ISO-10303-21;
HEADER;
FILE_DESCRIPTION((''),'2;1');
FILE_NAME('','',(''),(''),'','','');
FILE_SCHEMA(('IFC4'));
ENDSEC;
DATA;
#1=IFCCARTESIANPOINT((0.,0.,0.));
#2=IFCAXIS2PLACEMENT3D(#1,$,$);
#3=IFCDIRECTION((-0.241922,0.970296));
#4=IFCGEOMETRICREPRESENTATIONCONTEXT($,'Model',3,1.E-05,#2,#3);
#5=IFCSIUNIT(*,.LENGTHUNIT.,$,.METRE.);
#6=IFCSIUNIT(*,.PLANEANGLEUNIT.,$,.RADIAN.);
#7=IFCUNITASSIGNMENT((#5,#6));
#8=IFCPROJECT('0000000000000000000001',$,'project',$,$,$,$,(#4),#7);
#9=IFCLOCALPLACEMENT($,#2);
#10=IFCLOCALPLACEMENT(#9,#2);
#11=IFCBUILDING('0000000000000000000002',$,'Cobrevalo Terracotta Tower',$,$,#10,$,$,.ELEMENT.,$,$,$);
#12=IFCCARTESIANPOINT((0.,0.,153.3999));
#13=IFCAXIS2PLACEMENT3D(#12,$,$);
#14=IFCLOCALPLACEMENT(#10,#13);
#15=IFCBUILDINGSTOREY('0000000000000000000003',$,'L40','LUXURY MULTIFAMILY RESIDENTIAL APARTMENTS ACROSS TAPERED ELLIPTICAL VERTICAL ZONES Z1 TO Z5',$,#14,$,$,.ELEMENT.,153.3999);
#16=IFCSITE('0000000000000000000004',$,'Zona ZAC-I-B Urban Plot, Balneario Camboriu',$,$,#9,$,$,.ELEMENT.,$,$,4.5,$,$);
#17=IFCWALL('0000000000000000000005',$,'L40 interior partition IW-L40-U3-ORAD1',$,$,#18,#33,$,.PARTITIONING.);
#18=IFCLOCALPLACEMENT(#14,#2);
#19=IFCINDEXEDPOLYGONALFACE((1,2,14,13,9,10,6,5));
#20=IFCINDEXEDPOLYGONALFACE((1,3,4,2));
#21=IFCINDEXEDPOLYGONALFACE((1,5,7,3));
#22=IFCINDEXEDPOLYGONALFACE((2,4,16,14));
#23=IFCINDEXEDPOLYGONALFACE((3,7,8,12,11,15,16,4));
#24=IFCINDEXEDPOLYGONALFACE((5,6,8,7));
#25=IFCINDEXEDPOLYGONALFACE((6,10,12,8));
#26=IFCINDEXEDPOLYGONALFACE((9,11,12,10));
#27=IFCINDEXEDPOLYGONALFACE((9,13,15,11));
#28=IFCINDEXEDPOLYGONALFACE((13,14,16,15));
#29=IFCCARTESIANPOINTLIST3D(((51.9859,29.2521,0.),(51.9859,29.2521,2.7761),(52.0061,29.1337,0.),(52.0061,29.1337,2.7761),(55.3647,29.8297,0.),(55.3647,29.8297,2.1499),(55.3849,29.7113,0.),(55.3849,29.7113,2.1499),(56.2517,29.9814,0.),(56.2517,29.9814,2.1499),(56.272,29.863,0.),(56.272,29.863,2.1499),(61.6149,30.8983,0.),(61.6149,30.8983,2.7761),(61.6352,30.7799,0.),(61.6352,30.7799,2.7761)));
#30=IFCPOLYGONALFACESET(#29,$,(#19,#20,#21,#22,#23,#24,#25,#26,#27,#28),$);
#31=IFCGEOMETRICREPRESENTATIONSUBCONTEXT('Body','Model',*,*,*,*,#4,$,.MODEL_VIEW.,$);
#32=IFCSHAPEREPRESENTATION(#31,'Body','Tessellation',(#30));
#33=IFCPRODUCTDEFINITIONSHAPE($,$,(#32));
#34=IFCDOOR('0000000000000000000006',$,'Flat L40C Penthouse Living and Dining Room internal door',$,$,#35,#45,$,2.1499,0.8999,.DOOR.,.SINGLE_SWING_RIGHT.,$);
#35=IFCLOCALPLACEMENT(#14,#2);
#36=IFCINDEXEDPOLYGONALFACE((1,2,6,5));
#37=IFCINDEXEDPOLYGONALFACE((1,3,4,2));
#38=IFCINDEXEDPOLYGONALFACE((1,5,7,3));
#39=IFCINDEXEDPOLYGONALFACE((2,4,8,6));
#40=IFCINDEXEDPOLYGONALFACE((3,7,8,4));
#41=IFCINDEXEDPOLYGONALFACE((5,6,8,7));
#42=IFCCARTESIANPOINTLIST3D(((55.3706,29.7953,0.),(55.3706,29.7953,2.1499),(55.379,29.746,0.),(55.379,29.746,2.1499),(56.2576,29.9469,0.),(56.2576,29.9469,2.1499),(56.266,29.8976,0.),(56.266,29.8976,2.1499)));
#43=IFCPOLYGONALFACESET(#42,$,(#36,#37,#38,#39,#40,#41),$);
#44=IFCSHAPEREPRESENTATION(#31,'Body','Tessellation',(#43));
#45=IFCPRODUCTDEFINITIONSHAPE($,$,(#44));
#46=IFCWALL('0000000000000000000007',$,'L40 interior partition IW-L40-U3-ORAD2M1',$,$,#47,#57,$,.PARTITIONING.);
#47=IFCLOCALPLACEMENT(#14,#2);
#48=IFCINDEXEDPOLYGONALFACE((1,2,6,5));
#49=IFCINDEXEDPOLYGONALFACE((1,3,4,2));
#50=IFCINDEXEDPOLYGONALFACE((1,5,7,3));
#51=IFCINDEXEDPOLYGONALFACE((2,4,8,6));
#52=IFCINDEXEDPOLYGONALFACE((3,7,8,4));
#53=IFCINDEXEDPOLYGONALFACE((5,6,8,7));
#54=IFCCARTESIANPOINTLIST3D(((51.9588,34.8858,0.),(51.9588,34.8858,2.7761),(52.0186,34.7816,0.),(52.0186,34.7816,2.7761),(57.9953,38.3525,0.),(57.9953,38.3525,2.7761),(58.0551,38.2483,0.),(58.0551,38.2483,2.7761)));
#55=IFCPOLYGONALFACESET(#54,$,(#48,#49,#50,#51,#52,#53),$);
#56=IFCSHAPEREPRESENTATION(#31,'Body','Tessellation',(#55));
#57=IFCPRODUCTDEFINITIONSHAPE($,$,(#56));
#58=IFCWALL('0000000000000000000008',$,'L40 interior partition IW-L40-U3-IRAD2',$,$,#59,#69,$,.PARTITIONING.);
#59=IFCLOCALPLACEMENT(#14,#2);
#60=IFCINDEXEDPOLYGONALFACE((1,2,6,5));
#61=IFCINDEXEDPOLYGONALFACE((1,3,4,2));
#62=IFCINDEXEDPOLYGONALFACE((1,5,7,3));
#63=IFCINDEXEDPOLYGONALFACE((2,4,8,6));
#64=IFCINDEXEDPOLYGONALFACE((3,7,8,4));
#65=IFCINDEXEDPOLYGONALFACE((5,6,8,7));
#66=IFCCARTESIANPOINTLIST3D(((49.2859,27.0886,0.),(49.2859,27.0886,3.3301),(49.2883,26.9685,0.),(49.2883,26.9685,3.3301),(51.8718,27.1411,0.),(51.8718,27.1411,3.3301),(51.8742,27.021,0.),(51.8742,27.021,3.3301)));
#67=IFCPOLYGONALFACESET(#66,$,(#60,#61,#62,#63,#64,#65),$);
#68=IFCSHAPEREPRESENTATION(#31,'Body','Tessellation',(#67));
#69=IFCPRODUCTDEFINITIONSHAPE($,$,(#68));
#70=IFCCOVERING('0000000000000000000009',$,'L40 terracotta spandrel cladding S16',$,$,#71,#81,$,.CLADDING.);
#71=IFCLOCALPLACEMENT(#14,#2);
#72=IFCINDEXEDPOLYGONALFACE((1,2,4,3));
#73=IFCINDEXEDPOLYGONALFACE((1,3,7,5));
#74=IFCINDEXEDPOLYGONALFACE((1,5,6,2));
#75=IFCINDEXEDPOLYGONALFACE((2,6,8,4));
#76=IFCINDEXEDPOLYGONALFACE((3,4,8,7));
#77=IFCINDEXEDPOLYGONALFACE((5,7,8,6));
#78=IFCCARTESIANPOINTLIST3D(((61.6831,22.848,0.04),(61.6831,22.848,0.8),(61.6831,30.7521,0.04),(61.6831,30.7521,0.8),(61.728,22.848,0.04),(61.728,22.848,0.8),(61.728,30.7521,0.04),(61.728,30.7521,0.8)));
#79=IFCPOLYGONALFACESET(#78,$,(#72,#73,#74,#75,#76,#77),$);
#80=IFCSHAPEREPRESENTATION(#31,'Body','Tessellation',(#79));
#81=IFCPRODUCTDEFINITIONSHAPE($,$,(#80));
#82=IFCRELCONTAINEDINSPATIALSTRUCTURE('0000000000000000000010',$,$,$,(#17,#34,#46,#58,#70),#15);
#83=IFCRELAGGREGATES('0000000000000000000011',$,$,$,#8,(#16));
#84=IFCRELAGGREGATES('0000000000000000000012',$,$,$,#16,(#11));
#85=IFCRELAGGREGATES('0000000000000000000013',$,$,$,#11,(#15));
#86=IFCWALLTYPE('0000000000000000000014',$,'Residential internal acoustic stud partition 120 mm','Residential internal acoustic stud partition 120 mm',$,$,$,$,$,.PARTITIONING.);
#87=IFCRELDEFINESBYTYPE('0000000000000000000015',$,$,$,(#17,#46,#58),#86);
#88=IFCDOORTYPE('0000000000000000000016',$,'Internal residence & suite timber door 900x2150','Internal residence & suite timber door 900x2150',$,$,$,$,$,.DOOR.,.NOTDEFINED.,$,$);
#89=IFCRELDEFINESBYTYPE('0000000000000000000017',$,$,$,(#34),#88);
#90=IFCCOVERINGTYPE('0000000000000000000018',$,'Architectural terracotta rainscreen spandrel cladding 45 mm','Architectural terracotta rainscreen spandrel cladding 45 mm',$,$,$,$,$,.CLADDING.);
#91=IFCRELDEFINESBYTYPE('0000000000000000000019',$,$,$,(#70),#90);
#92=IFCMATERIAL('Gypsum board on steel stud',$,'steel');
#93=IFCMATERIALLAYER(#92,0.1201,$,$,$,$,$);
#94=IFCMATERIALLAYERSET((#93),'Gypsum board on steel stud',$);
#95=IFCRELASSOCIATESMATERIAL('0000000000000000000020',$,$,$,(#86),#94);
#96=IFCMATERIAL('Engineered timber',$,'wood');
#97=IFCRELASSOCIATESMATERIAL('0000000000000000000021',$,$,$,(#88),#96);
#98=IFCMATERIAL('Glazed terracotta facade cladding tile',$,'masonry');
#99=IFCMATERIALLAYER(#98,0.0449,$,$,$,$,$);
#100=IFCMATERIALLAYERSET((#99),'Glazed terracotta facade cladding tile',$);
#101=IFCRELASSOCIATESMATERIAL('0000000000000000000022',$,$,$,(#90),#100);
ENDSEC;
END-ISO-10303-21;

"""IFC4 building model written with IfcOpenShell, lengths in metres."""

from ifc_helpers import new_model, si_unit, direction, frame, frame_2d, origin, origin_2d, place, context, subcontext, project, spatial, rectangle, extrude, source, transform, mapped, material, layer, layer_set, type_object, element, fill, save


model = new_model("IFC4")

# Units and contexts
model_context = context("Model", 3, precision=1e-05, world=origin(), true_north=direction((-0.241922, 0.970296)))
body_context = subcontext(model_context, "Body", "Model", "MODEL_VIEW")
ifc_project = project(units=[si_unit("LENGTHUNIT", "METRE"), si_unit("PLANEANGLEUNIT", "RADIAN")], contexts=[model_context])

# Site, building, storey
site_placement = place(None, origin())
site = spatial("IfcSite", under=ifc_project, at=site_placement, Name="Zona ZAC-I-B Urban Plot, Balneario Camboriu", CompositionType="ELEMENT", RefElevation=4.5)
building_placement = place(site_placement, origin())
building = spatial("IfcBuilding", under=site, at=building_placement, Name="Cobrevalo Terracotta Tower", CompositionType="ELEMENT")
storey_placement = place(building_placement, frame((0.0, 0.0, 153.3999)))
storey = spatial("IfcBuildingStorey", under=building, at=storey_placement, Name="L40", Description="LUXURY MULTIFAMILY RESIDENTIAL APARTMENTS ACROSS TAPERED ELLIPTICAL VERTICAL ZONES Z1 TO Z5", CompositionType="ELEMENT", Elevation=153.3999)

# Wall, opening, door
ifc_material_1 = material(Name="Gypsum board on steel stud", Category="steel")
ifc_layer_1 = layer(ifc_material_1, 0.1201)
ifc_layer_set_1 = layer_set([ifc_layer_1], Name="Gypsum board on steel stud")
wall_type = type_object("IfcWallType", Name="Residential internal acoustic stud partition 120 mm", Description="Residential internal acoustic stud partition 120 mm", PredefinedType="PARTITIONING", material=ifc_layer_set_1)
wall_1_placement = place(storey_placement, frame((51.9961, 29.1929, 0.0), z_axis=(0.0, 0.0, 1.0), x_axis=(0.985698, 0.168519, 0.0)))
wall_1 = element("IfcWall", 1, at=wall_1_placement, inside=storey, type_object=wall_type, Name="L40 interior partition IW-L40-U3-ORAD1", PredefinedType="PARTITIONING", context=body_context, shape_type="SweptSolid", body=[
    extrude(rectangle(XDim=9.7688, YDim=0.1201, at=frame_2d((4.8843, 0.0))), origin(), (0.0, 0.0, 1.0), 2.7761),
])
opening_1_placement = place(wall_1_placement, frame((3.4277, 0.0, 0.0)))
opening_1 = element("IfcOpeningElement", 2, at=opening_1_placement, cuts=wall_1, PredefinedType="OPENING", context=body_context, shape_type="SweptSolid", body=[
    extrude(rectangle(XDim=0.8999, YDim=2.1499, at=frame_2d((0.45, 1.075))), frame((0.0, 0.0701, 0.0), z_axis=(0.0, -1.0, 0.0), x_axis=(1.0, 0.0, 0.0)), (0.0, 0.0, 1.0), 0.1401),
])
ifc_material_2 = material(Name="Engineered timber", Category="wood")
door_type_1 = type_object("IfcDoorType", Name="Internal residence & suite timber door 900x2150", Description="Internal residence & suite timber door 900x2150", OperationType="NOTDEFINED", PredefinedType="DOOR", material=ifc_material_2)
shared_shape_1 = source(origin(), body_context, "Body", "SweptSolid", [
    extrude(rectangle(XDim=0.8999, YDim=2.1499, at=frame_2d((0.45, 1.075))), frame((0.0, 0.0249, 0.0), z_axis=(0.0, -1.0, 0.0), x_axis=(1.0, 0.0, 0.0)), (0.0, 0.0, 1.0), 0.05),
])
door_1_placement = place(opening_1_placement, frame((0.8999, 0.0, 0.0), z_axis=(0.0, 0.0, 1.0), x_axis=(-1.0, 0.0, 0.0)))
door_1 = element("IfcDoor", 3, at=door_1_placement, inside=storey, type_object=door_type_1, Name="Flat L40C Penthouse Living and Dining Room internal door", OperationType="SINGLE_SWING_RIGHT", OverallHeight=2.1499, OverallWidth=0.8999, PredefinedType="DOOR", context=body_context, shape_type="MappedRepresentation", body=[
    mapped(shared_shape_1, transform((0.0, 0.0, 0.0), scale=1.0)),
])
fill(opening_1, door_1)

# Walls
wall_2_placement = place(storey_placement, frame((51.9888, 34.8337, 0.0), z_axis=(0.0, 0.0, 1.0), x_axis=(0.867171, 0.498011, 0.0)))
element("IfcWall", 4, at=wall_2_placement, inside=storey, type_object=wall_type, Name="L40 interior partition IW-L40-U3-ORAD2M1", PredefinedType="PARTITIONING", context=body_context, shape_type="SweptSolid", body=[
    extrude(rectangle(XDim=6.9612, YDim=0.1201, at=frame_2d((3.4805, 0.0))), origin(), (0.0, 0.0, 1.0), 2.7761),
])
wall_3_placement = place(storey_placement, frame((49.2871, 27.0286, 0.0), z_axis=(0.0, 0.0, 1.0), x_axis=(0.999794, 0.020294, 0.0)))
element("IfcWall", 5, at=wall_3_placement, inside=storey, type_object=wall_type, Name="L40 interior partition IW-L40-U3-IRAD2", PredefinedType="PARTITIONING", context=body_context, shape_type="SweptSolid", body=[
    extrude(rectangle(XDim=2.5864, YDim=0.1201, at=frame_2d((1.2932, 0.0))), origin(), (0.0, 0.0, 1.0), 3.3301),
])

# Covering
ifc_material_3 = material(Name="Glazed terracotta facade cladding tile", Category="masonry")
ifc_layer_2 = layer(ifc_material_3, 0.0449)
ifc_layer_set_2 = layer_set([ifc_layer_2], Name="Glazed terracotta facade cladding tile")
covering_type = type_object("IfcCoveringType", Name="Architectural terracotta rainscreen spandrel cladding 45 mm", Description="Architectural terracotta rainscreen spandrel cladding 45 mm", PredefinedType="CLADDING", material=ifc_layer_set_2)
shared_shape_2 = source(origin(), body_context, "Body", "SweptSolid", [
    extrude(rectangle(XDim=7.9041, YDim=0.0449, at=origin_2d()), origin(), (0.0, 0.0, 1.0), 0.76),
])
covering_placement = place(storey_placement, frame((61.7056, 26.8, 0.04), z_axis=(0.0, 0.0, 1.0), x_axis=(0.0, 1.0, 0.0)))
element("IfcCovering", 6, at=covering_placement, inside=storey, type_object=covering_type, Name="L40 terracotta spandrel cladding S16", PredefinedType="CLADDING", context=body_context, shape_type="MappedRepresentation", body=[
    mapped(shared_shape_2, transform((0.0, 0.0, 0.0), scale=1.0)),
])

save(model, "model.ifc")
